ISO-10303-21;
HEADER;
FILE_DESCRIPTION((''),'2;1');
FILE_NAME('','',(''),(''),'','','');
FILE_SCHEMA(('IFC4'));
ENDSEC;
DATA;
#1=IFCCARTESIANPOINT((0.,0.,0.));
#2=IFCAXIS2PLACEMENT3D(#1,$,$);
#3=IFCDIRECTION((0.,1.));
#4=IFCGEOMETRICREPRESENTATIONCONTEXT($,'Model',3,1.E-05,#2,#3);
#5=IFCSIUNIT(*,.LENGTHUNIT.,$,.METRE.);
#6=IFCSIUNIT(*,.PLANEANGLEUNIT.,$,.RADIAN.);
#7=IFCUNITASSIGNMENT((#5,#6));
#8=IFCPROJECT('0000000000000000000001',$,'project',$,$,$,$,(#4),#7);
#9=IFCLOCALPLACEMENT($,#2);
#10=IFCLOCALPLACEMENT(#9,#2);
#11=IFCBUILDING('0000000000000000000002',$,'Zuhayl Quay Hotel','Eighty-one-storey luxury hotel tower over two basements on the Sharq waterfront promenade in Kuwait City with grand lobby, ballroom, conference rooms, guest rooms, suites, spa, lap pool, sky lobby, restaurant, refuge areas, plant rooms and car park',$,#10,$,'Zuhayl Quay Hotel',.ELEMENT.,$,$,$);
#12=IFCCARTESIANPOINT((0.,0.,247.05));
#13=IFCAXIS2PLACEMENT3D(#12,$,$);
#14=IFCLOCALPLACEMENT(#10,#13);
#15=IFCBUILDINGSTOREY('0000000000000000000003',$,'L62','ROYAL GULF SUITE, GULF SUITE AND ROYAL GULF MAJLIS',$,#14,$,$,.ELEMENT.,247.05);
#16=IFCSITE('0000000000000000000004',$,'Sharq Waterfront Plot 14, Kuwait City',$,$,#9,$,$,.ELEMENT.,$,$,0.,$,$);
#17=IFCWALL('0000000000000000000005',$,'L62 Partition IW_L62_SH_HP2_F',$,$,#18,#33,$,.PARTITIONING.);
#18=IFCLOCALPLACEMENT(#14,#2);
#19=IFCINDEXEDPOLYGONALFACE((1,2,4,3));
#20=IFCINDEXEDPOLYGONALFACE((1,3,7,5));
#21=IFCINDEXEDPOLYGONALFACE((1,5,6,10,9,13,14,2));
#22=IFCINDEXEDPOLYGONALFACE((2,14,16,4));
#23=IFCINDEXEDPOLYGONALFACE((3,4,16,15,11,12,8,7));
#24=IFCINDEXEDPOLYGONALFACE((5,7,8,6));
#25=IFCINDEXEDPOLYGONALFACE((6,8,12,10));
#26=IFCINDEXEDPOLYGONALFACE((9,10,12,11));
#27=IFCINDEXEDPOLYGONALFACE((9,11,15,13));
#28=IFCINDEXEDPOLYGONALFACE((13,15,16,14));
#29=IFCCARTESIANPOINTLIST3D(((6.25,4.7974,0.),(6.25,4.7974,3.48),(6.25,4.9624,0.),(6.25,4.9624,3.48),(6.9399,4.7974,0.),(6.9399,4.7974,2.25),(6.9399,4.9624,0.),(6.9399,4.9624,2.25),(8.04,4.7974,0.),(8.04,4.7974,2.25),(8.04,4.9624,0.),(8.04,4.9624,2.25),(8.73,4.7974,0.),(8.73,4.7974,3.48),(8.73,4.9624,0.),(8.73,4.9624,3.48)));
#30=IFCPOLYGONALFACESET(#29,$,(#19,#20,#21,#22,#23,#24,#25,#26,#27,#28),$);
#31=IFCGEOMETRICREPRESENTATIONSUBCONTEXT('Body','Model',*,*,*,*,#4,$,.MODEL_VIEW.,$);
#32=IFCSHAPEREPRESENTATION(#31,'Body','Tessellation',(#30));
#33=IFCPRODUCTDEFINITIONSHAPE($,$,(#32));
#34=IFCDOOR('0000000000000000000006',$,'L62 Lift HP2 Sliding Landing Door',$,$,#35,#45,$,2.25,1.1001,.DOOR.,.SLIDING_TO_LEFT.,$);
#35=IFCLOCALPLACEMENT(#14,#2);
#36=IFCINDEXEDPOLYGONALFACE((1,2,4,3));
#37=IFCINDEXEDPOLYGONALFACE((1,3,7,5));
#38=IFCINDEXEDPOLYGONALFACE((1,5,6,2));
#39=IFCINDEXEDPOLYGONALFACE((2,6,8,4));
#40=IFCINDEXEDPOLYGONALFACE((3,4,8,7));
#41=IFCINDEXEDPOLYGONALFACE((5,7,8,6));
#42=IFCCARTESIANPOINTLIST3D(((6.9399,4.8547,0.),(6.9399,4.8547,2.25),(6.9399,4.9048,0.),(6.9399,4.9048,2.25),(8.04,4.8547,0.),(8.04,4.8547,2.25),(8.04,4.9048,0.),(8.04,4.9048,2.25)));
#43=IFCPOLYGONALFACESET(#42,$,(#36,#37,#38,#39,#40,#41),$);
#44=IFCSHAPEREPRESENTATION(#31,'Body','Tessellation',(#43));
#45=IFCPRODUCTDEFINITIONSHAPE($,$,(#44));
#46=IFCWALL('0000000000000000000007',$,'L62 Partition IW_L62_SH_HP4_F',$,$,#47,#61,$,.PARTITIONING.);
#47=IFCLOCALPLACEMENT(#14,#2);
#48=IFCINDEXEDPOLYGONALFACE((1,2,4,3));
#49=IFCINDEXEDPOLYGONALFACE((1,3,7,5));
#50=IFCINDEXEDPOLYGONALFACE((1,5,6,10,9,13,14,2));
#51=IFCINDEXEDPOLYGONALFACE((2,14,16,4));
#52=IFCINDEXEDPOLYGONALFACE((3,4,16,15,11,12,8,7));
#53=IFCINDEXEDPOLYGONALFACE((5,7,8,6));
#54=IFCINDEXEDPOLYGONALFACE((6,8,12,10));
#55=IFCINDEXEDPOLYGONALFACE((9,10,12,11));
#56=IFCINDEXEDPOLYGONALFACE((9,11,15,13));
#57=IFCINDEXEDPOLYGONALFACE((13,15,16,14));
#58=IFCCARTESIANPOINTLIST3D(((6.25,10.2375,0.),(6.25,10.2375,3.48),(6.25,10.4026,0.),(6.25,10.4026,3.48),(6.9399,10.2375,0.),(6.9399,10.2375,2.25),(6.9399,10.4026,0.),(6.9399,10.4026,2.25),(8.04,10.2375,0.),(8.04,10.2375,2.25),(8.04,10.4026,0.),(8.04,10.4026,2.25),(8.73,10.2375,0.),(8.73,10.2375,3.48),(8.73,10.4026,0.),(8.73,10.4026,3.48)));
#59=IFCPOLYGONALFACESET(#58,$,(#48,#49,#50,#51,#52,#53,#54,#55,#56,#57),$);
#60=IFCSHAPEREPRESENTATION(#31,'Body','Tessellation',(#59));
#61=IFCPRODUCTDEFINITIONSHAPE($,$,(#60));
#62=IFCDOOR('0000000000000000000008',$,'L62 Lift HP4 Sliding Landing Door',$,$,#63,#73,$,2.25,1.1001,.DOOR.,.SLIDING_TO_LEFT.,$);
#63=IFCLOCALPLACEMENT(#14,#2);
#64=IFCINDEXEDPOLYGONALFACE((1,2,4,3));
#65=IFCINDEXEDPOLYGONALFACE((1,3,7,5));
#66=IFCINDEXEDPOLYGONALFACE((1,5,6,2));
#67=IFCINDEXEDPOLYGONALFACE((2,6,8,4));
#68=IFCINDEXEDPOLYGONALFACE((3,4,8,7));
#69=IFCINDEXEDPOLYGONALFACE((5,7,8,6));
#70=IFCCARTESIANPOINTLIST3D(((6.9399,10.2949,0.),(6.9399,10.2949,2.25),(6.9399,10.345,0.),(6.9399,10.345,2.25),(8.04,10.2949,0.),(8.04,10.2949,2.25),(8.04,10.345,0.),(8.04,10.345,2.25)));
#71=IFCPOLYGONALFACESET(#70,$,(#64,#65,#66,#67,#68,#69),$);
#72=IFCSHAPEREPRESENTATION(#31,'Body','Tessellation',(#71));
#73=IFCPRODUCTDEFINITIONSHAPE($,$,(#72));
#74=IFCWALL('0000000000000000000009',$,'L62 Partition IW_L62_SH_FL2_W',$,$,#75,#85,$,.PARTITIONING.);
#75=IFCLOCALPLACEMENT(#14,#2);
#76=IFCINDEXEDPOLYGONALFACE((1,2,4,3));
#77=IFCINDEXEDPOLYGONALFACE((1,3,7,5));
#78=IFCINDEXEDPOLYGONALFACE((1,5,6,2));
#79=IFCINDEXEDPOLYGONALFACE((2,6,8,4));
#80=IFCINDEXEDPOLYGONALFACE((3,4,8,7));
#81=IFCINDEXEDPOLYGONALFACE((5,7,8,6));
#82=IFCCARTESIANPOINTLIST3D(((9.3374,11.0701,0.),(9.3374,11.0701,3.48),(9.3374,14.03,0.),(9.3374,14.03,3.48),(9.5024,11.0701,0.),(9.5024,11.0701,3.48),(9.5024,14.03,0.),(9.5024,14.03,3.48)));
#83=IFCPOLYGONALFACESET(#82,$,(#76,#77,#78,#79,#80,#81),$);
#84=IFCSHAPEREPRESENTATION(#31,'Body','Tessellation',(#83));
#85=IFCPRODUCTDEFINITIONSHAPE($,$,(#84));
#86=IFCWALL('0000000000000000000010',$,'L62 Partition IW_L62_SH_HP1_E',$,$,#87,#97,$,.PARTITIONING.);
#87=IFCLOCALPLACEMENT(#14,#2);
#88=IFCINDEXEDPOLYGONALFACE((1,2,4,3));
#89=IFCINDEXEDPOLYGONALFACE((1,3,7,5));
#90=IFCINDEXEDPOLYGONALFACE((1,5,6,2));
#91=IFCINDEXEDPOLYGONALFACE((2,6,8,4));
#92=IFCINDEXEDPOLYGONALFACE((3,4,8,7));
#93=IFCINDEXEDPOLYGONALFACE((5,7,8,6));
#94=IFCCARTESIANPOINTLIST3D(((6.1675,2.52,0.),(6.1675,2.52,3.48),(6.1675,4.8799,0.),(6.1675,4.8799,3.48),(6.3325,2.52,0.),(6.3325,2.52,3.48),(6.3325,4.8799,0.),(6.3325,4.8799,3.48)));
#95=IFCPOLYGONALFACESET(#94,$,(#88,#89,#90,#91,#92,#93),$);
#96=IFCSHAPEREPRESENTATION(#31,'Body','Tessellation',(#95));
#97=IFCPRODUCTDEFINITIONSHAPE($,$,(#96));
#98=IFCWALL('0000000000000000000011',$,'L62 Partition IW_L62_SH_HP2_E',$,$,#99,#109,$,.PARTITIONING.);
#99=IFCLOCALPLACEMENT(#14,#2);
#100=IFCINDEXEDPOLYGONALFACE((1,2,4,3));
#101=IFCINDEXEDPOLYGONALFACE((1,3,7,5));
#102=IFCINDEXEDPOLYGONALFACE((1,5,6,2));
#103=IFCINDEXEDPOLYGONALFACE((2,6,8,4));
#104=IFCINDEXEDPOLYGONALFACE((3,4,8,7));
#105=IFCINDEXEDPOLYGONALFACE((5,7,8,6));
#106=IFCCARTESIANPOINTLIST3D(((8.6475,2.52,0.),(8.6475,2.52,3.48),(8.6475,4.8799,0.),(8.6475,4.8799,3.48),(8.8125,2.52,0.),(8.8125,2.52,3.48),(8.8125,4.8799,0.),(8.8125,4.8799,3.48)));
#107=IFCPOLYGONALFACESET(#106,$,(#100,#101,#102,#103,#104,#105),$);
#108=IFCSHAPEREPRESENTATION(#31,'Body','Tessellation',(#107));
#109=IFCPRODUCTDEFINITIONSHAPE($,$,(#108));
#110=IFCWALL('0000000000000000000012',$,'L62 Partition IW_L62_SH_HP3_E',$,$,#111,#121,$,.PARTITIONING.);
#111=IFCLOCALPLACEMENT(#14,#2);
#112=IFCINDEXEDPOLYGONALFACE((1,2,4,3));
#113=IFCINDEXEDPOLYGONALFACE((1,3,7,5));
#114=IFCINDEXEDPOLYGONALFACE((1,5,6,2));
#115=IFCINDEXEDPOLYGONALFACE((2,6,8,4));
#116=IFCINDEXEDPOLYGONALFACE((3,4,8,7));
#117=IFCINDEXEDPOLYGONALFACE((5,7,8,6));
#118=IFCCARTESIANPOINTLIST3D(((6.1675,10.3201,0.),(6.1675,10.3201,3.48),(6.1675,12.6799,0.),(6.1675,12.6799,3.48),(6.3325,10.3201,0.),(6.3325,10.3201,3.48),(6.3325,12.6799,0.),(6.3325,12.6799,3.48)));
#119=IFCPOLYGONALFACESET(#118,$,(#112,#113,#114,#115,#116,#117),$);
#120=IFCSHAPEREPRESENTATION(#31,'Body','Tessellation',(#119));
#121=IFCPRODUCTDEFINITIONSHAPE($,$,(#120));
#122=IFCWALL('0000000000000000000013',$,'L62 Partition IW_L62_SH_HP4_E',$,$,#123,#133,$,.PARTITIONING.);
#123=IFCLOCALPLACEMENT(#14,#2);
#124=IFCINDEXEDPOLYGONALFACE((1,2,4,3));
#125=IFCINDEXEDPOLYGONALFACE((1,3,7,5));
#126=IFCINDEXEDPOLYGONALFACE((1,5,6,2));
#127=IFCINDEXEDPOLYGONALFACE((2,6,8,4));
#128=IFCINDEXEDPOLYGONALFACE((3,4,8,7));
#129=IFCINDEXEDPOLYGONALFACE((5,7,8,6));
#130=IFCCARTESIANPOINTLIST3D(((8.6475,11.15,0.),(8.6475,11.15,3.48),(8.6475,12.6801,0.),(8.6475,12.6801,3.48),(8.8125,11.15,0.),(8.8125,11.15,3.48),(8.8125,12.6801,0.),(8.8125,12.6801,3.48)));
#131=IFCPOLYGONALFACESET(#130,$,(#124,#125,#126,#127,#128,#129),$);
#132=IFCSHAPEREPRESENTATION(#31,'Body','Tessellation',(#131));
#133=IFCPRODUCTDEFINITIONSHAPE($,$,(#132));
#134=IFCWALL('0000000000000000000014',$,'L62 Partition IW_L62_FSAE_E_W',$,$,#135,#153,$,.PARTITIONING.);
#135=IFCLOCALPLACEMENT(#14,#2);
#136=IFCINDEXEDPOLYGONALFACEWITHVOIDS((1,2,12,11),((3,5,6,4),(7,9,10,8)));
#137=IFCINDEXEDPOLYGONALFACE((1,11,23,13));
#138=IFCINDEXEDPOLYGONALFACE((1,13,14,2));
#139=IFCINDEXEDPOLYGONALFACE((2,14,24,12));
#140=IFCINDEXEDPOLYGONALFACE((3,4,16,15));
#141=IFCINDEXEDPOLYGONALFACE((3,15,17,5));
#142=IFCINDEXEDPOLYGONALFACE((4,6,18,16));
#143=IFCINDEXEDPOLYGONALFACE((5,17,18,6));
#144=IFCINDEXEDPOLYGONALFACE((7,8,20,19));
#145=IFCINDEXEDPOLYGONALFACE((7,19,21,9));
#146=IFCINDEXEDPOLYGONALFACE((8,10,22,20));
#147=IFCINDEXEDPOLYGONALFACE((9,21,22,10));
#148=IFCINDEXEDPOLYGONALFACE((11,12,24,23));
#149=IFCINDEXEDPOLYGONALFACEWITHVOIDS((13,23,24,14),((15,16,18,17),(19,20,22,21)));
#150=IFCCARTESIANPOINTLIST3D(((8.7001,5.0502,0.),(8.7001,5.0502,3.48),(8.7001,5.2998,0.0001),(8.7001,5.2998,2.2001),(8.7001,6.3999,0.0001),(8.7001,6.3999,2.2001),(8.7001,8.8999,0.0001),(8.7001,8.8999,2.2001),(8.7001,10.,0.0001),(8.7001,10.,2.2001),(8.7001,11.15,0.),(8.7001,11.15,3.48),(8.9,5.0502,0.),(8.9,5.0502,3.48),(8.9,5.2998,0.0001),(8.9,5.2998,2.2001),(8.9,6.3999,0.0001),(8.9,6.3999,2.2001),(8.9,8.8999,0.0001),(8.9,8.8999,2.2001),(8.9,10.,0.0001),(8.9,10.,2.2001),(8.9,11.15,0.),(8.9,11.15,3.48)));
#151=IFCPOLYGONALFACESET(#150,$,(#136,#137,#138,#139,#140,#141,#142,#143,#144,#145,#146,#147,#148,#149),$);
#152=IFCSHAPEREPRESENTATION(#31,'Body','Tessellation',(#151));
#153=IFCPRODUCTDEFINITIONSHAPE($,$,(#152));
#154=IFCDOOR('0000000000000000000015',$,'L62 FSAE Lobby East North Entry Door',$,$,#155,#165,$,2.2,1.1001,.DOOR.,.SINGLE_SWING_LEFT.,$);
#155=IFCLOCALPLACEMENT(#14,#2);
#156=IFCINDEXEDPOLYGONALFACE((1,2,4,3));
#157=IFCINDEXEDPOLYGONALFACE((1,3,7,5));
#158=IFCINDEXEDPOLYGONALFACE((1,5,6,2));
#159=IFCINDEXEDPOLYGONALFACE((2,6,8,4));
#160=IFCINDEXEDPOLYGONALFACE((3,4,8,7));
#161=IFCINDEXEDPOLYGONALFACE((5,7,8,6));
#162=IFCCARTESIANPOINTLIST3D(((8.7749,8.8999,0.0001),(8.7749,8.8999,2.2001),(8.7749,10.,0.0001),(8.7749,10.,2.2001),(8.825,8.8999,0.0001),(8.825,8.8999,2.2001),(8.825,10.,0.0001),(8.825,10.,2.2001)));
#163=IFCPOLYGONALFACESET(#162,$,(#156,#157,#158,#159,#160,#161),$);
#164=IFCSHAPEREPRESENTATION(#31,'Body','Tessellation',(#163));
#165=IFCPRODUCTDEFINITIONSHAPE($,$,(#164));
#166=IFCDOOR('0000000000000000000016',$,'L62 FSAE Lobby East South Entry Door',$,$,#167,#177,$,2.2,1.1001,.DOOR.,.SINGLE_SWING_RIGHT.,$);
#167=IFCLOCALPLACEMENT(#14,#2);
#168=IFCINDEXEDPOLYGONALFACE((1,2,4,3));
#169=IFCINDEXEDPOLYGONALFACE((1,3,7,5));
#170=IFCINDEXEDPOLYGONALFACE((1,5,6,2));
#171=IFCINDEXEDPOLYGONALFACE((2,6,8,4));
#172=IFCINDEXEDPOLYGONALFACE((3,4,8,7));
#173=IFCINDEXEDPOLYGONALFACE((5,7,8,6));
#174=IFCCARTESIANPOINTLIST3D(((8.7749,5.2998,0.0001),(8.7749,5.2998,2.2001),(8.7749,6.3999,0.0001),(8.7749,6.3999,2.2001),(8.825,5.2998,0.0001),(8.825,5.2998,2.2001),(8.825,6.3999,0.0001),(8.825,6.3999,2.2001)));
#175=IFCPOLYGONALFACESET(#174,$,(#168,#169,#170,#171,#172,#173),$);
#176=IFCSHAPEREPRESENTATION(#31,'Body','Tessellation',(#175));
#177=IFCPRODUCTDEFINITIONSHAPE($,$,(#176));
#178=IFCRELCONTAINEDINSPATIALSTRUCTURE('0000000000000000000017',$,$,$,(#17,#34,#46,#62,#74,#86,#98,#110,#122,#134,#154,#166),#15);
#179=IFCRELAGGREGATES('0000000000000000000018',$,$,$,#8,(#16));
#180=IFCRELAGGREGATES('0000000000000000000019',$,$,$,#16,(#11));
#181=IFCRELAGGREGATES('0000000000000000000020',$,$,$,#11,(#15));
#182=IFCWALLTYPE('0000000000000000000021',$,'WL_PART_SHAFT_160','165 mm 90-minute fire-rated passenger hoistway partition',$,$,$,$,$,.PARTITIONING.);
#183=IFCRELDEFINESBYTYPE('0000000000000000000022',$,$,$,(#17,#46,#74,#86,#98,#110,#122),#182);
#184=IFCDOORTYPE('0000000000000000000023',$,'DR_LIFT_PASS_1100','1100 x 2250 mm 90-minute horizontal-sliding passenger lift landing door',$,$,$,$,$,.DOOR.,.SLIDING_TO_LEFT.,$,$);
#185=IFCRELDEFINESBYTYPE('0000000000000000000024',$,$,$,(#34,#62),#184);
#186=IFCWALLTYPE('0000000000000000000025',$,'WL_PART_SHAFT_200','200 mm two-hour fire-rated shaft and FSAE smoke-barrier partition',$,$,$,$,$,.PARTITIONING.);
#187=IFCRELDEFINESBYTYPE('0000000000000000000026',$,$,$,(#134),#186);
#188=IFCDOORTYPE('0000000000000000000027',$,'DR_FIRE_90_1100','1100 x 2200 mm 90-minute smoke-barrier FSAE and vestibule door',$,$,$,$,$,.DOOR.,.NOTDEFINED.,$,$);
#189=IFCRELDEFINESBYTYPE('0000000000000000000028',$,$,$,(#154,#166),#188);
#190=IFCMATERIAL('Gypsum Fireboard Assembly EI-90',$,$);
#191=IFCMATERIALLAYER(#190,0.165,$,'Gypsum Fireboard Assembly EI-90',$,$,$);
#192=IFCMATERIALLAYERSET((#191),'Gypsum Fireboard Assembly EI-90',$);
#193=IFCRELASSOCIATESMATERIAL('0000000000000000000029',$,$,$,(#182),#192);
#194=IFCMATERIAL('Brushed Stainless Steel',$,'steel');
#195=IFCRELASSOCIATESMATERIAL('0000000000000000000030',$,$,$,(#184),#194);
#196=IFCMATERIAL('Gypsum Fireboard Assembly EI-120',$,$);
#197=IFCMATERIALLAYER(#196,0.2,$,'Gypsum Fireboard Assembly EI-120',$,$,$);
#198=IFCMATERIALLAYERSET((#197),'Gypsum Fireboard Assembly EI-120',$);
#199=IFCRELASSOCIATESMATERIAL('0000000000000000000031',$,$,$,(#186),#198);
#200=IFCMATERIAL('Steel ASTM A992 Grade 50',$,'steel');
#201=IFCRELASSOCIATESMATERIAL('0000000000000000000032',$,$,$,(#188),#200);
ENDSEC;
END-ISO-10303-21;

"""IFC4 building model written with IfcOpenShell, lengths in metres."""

from ifc_helpers import new_model, si_unit, direction, frame, frame_2d, origin, place, context, subcontext, project, spatial, rectangle, extrude, material, layer, layer_set, type_object, element, fill, save


model = new_model("IFC4")

# Units and contexts
model_context = context("Model", 3, precision=1e-05, world=origin(), true_north=direction((0.0, 1.0)))
body_context = subcontext(model_context, "Body", "Model", "MODEL_VIEW")
ifc_project = project(units=[si_unit("LENGTHUNIT", "METRE"), si_unit("PLANEANGLEUNIT", "RADIAN")], contexts=[model_context])

# Site, building, storey
site_placement = place(None, origin())
site = spatial("IfcSite", under=ifc_project, at=site_placement, Name="Sharq Waterfront Plot 14, Kuwait City", CompositionType="ELEMENT", RefElevation=0.0)
building_placement = place(site_placement, origin())
building = spatial("IfcBuilding", under=site, at=building_placement, Name="Zuhayl Quay Hotel", Description="Eighty-one-storey luxury hotel tower over two basements on the Sharq waterfront promenade in Kuwait City with grand lobby, ballroom, conference rooms, guest rooms, suites, spa, lap pool, sky lobby, restaurant, refuge areas, plant rooms and car park", LongName="Zuhayl Quay Hotel", CompositionType="ELEMENT")
storey_placement = place(building_placement, frame((0.0, 0.0, 247.05)))
storey = spatial("IfcBuildingStorey", under=building, at=storey_placement, Name="L62", Description="ROYAL GULF SUITE, GULF SUITE AND ROYAL GULF MAJLIS", CompositionType="ELEMENT", Elevation=247.05)

# Walls, openings, doors
ifc_material_1 = material(Name="Gypsum Fireboard Assembly EI-90")
ifc_layer_1 = layer(ifc_material_1, 0.165, Name="Gypsum Fireboard Assembly EI-90")
ifc_layer_set_1 = layer_set([ifc_layer_1], Name="Gypsum Fireboard Assembly EI-90")
wall_type_1 = type_object("IfcWallType", Name="WL_PART_SHAFT_160", Description="165 mm 90-minute fire-rated passenger hoistway partition", PredefinedType="PARTITIONING", material=ifc_layer_set_1)
ifc_material_2 = material(Name="Brushed Stainless Steel", Category="steel")
wall_1_placement = place(storey_placement, frame((6.25, 4.8799, 0.0), z_axis=(0.0, 0.0, 1.0), x_axis=(1.0, 0.0, 0.0)))
wall_1 = element("IfcWall", 1, at=wall_1_placement, inside=storey, type_object=wall_type_1, Name="L62 Partition IW_L62_SH_HP2_F", PredefinedType="PARTITIONING", context=body_context, shape_type="SweptSolid", body=[
    extrude(rectangle(XDim=2.48, YDim=0.165, at=frame_2d((1.24, 0.0))), origin(), (0.0, 0.0, 1.0), 3.48),
])
opening_1_placement = place(wall_1_placement, frame((0.6899, 0.0, 0.0)))
opening_1 = element("IfcOpeningElement", 2, at=opening_1_placement, cuts=wall_1, PredefinedType="OPENING", context=body_context, shape_type="SweptSolid", body=[
    extrude(rectangle(XDim=1.1001, YDim=2.25, at=frame_2d((0.55, 1.125))), frame((0.0, 0.0925, 0.0), z_axis=(0.0, -1.0, 0.0), x_axis=(1.0, 0.0, 0.0)), (0.0, 0.0, 1.0), 0.1851),
])
door_type_1 = type_object("IfcDoorType", Name="DR_LIFT_PASS_1100", Description="1100 x 2250 mm 90-minute horizontal-sliding passenger lift landing door", OperationType="SLIDING_TO_LEFT", PredefinedType="DOOR", material=ifc_material_2)
door_1_placement = place(opening_1_placement, origin())
door_1 = element("IfcDoor", 3, at=door_1_placement, inside=storey, type_object=door_type_1, Name="L62 Lift HP2 Sliding Landing Door", OperationType="SLIDING_TO_LEFT", OverallHeight=2.25, OverallWidth=1.1001, PredefinedType="DOOR", context=body_context, shape_type="SweptSolid", body=[
    extrude(rectangle(XDim=1.1001, YDim=2.25, at=frame_2d((0.55, 1.125))), frame((0.0, 0.0249, 0.0), z_axis=(0.0, -1.0, 0.0), x_axis=(1.0, 0.0, 0.0)), (0.0, 0.0, 1.0), 0.05),
])
fill(opening_1, door_1)
wall_2_placement = place(storey_placement, frame((6.25, 10.3201, 0.0), z_axis=(0.0, 0.0, 1.0), x_axis=(1.0, 0.0, 0.0)))
wall_2 = element("IfcWall", 4, at=wall_2_placement, inside=storey, type_object=wall_type_1, Name="L62 Partition IW_L62_SH_HP4_F", PredefinedType="PARTITIONING", context=body_context, shape_type="SweptSolid", body=[
    extrude(rectangle(XDim=2.48, YDim=0.165, at=frame_2d((1.24, 0.0))), origin(), (0.0, 0.0, 1.0), 3.48),
])
opening_2_placement = place(wall_2_placement, frame((0.6899, 0.0, 0.0)))
opening_2 = element("IfcOpeningElement", 5, at=opening_2_placement, cuts=wall_2, PredefinedType="OPENING", context=body_context, shape_type="SweptSolid", body=[
    extrude(rectangle(XDim=1.1001, YDim=2.25, at=frame_2d((0.55, 1.125))), frame((0.0, 0.0925, 0.0), z_axis=(0.0, -1.0, 0.0), x_axis=(1.0, 0.0, 0.0)), (0.0, 0.0, 1.0), 0.1851),
])
door_2_placement = place(opening_2_placement, origin())
door_2 = element("IfcDoor", 6, at=door_2_placement, inside=storey, type_object=door_type_1, Name="L62 Lift HP4 Sliding Landing Door", OperationType="SLIDING_TO_LEFT", OverallHeight=2.25, OverallWidth=1.1001, PredefinedType="DOOR", context=body_context, shape_type="SweptSolid", body=[
    extrude(rectangle(XDim=1.1001, YDim=2.25, at=frame_2d((0.55, 1.125))), frame((0.0, 0.0249, 0.0), z_axis=(0.0, -1.0, 0.0), x_axis=(1.0, 0.0, 0.0)), (0.0, 0.0, 1.0), 0.05),
])
fill(opening_2, door_2)

# Walls
wall_3_placement = place(storey_placement, frame((9.4199, 11.0701, 0.0), z_axis=(0.0, 0.0, 1.0), x_axis=(0.0, 1.0, 0.0)))
element("IfcWall", 7, at=wall_3_placement, inside=storey, type_object=wall_type_1, Name="L62 Partition IW_L62_SH_FL2_W", PredefinedType="PARTITIONING", context=body_context, shape_type="SweptSolid", body=[
    extrude(rectangle(XDim=2.96, YDim=0.165, at=frame_2d((1.48, 0.0))), origin(), (0.0, 0.0, 1.0), 3.48),
])
for number, where, z_axis, x_axis, name in (
    (8, (6.25, 2.52, 0.0), (0.0, 0.0, 1.0), (0.0, 1.0, 0.0), "L62 Partition IW_L62_SH_HP1_E"),
    (9, (8.73, 2.52, 0.0), (0.0, 0.0, 1.0), (0.0, 1.0, 0.0), "L62 Partition IW_L62_SH_HP2_E"),
    (10, (6.25, 10.3201, 0.0), (0.0, 0.0, 1.0), (0.0, 1.0, 0.0), "L62 Partition IW_L62_SH_HP3_E"),
):
    element("IfcWall", number, at=place(storey_placement, frame(where, z_axis=z_axis, x_axis=x_axis)), inside=storey, type_object=wall_type_1, Name=name, PredefinedType="PARTITIONING", context=body_context, shape_type="SweptSolid", body=[
        extrude(rectangle(XDim=2.3599, YDim=0.165, at=frame_2d((1.1799, 0.0))), origin(), (0.0, 0.0, 1.0), 3.48),
    ])
wall_4_placement = place(storey_placement, frame((8.73, 11.1499, 0.0), z_axis=(0.0, 0.0, 1.0), x_axis=(0.0, 1.0, 0.0)))
element("IfcWall", 11, at=wall_4_placement, inside=storey, type_object=wall_type_1, Name="L62 Partition IW_L62_SH_HP4_E", PredefinedType="PARTITIONING", context=body_context, shape_type="SweptSolid", body=[
    extrude(rectangle(XDim=1.53, YDim=0.165, at=frame_2d((0.7651, 0.0))), origin(), (0.0, 0.0, 1.0), 3.48),
])

# Wall, openings, doors
ifc_material_3 = material(Name="Gypsum Fireboard Assembly EI-120")
ifc_layer_2 = layer(ifc_material_3, 0.2, Name="Gypsum Fireboard Assembly EI-120")
ifc_layer_set_2 = layer_set([ifc_layer_2], Name="Gypsum Fireboard Assembly EI-120")
wall_type_2 = type_object("IfcWallType", Name="WL_PART_SHAFT_200", Description="200 mm two-hour fire-rated shaft and FSAE smoke-barrier partition", PredefinedType="PARTITIONING", material=ifc_layer_set_2)
wall_5_placement = place(storey_placement, frame((8.8, 11.1499, 0.0), z_axis=(0.0, 0.0, 1.0), x_axis=(0.0, -1.0, 0.0)))
wall_5 = element("IfcWall", 12, at=wall_5_placement, inside=storey, type_object=wall_type_2, Name="L62 Partition IW_L62_FSAE_E_W", PredefinedType="PARTITIONING", context=body_context, shape_type="SweptSolid", body=[
    extrude(rectangle(XDim=6.0999, YDim=0.2, at=frame_2d((3.0498, 0.0))), origin(), (0.0, 0.0, 1.0), 3.48),
])
opening_3_placement = place(wall_5_placement, frame((1.1499, 0.0, 0.0)))
opening_3 = element("IfcOpeningElement", 13, at=opening_3_placement, cuts=wall_5, PredefinedType="OPENING", context=body_context, shape_type="SweptSolid", body=[
    extrude(rectangle(XDim=1.1001, YDim=2.2, at=frame_2d((0.55, 1.1001))), frame((0.0, 0.1099, 0.0), z_axis=(0.0, -1.0, 0.0), x_axis=(1.0, 0.0, 0.0)), (0.0, 0.0, 1.0), 0.22),
])
opening_4_placement = place(wall_5_placement, frame((4.75, 0.0, 0.0)))
opening_4 = element("IfcOpeningElement", 14, at=opening_4_placement, cuts=wall_5, PredefinedType="OPENING", context=body_context, shape_type="SweptSolid", body=[
    extrude(rectangle(XDim=1.1001, YDim=2.2, at=frame_2d((0.55, 1.1001))), frame((0.0, 0.1099, 0.0), z_axis=(0.0, -1.0, 0.0), x_axis=(1.0, 0.0, 0.0)), (0.0, 0.0, 1.0), 0.22),
])
ifc_material_4 = material(Name="Steel ASTM A992 Grade 50", Category="steel")
door_type_2 = type_object("IfcDoorType", Name="DR_FIRE_90_1100", Description="1100 x 2200 mm 90-minute smoke-barrier FSAE and vestibule door", OperationType="NOTDEFINED", PredefinedType="DOOR", material=ifc_material_4)
door_3_placement = place(opening_3_placement, origin())
door_3 = element("IfcDoor", 15, at=door_3_placement, inside=storey, type_object=door_type_2, Name="L62 FSAE Lobby East North Entry Door", OperationType="SINGLE_SWING_LEFT", OverallHeight=2.2, OverallWidth=1.1001, PredefinedType="DOOR", context=body_context, shape_type="SweptSolid", body=[
    extrude(rectangle(XDim=1.1001, YDim=2.2, at=frame_2d((0.55, 1.1001))), frame((0.0, 0.0249, 0.0), z_axis=(0.0, -1.0, 0.0), x_axis=(1.0, 0.0, 0.0)), (0.0, 0.0, 1.0), 0.05),
])
fill(opening_3, door_3)
door_4_placement = place(opening_4_placement, origin())
door_4 = element("IfcDoor", 16, at=door_4_placement, inside=storey, type_object=door_type_2, Name="L62 FSAE Lobby East South Entry Door", OperationType="SINGLE_SWING_RIGHT", OverallHeight=2.2, OverallWidth=1.1001, PredefinedType="DOOR", context=body_context, shape_type="SweptSolid", body=[
    extrude(rectangle(XDim=1.1001, YDim=2.2, at=frame_2d((0.55, 1.1001))), frame((0.0, 0.0249, 0.0), z_axis=(0.0, -1.0, 0.0), x_axis=(1.0, 0.0, 0.0)), (0.0, 0.0, 1.0), 0.05),
])
fill(opening_4, door_4)

save(model, "model.ifc")
